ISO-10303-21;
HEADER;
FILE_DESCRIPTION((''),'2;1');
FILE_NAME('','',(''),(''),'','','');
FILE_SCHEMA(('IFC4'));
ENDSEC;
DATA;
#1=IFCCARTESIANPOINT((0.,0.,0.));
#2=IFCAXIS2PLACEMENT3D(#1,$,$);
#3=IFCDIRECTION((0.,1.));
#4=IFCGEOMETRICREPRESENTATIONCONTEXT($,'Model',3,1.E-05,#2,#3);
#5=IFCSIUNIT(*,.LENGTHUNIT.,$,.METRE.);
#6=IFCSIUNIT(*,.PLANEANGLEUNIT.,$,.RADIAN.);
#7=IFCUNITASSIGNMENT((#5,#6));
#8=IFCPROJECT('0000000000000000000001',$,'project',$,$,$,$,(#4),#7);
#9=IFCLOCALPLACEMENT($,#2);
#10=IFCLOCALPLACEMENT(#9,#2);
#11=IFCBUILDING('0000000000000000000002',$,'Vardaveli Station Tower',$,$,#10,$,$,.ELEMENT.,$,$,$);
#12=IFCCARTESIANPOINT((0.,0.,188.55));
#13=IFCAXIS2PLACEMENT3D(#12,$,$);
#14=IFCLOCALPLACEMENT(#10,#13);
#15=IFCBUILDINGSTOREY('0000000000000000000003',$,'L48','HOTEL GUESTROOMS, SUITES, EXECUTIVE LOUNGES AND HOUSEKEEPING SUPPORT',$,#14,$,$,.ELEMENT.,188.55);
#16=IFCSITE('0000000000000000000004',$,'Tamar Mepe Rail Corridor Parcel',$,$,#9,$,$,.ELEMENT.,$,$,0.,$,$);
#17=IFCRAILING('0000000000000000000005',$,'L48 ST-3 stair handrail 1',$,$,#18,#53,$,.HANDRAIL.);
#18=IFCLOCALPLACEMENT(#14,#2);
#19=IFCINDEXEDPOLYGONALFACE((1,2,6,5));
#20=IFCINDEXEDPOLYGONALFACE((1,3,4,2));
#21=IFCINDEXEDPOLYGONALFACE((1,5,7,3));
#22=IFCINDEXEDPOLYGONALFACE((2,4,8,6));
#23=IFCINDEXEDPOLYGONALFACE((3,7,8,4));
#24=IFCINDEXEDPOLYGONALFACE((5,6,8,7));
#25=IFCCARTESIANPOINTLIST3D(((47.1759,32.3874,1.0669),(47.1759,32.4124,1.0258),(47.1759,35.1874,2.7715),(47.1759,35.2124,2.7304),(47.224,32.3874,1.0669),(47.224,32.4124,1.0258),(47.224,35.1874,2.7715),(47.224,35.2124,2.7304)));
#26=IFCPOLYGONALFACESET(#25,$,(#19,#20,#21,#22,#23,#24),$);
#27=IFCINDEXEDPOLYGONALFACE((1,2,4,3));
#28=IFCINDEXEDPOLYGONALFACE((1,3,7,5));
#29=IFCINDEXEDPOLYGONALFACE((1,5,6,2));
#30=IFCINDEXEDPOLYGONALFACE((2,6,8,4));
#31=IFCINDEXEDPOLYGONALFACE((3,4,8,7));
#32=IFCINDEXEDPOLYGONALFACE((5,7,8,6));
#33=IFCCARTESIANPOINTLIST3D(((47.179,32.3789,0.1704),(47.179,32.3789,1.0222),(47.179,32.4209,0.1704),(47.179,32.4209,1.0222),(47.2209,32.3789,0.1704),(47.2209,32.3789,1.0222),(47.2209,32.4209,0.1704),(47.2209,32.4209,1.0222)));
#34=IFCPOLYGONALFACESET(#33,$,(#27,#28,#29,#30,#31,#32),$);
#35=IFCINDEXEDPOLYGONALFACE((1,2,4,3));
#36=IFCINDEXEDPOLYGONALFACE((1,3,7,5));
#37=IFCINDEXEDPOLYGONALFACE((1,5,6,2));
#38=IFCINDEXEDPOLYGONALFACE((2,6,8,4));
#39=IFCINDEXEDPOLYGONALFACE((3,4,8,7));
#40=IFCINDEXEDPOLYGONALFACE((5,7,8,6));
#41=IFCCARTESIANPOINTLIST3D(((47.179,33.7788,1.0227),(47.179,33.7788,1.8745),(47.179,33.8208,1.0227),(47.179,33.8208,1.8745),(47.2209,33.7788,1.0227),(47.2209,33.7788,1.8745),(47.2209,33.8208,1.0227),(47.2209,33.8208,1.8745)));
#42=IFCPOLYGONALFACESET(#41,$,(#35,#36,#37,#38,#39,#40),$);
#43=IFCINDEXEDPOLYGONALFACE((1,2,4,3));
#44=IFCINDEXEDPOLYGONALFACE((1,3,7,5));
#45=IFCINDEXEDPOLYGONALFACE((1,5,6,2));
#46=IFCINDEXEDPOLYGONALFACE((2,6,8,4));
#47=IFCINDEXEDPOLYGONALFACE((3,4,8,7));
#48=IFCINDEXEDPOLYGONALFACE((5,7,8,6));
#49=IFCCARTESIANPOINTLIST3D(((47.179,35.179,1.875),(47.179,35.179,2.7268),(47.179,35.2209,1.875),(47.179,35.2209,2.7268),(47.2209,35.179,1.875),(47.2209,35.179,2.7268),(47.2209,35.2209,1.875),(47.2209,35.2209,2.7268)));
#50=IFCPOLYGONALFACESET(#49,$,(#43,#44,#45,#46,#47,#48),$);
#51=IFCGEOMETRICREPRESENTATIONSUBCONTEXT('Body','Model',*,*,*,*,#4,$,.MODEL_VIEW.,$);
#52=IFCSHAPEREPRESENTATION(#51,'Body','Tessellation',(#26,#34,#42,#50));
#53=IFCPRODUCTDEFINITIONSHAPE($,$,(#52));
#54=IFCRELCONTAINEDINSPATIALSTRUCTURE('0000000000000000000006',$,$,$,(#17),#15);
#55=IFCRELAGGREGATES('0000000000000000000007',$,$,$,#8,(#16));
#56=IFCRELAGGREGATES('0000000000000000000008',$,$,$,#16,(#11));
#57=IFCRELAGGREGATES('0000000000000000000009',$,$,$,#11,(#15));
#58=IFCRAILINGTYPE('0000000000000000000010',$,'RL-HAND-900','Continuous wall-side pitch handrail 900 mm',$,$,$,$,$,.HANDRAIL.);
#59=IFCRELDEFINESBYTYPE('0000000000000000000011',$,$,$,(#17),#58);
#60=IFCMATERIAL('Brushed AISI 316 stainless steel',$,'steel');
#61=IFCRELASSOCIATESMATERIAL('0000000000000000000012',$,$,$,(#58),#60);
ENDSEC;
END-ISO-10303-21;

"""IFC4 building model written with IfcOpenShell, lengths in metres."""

from ifc_helpers import new_model, si_unit, direction, frame, origin, origin_2d, place, context, subcontext, project, spatial, rectangle, extrude, source, transform, mapped, material, type_object, element, save


model = new_model("IFC4")

# Units and contexts
model_context = context("Model", 3, precision=1e-05, world=origin(), true_north=direction((0.0, 1.0)))
body_context = subcontext(model_context, "Body", "Model", "MODEL_VIEW")
ifc_project = project(units=[si_unit("LENGTHUNIT", "METRE"), si_unit("PLANEANGLEUNIT", "RADIAN")], contexts=[model_context])

# Site, building, storey
site_placement = place(None, origin())
site = spatial("IfcSite", under=ifc_project, at=site_placement, Name="Tamar Mepe Rail Corridor Parcel", CompositionType="ELEMENT", RefElevation=0.0)
building_placement = place(site_placement, origin())
building = spatial("IfcBuilding", under=site, at=building_placement, Name="Vardaveli Station Tower", CompositionType="ELEMENT")
storey_placement = place(building_placement, frame((0.0, 0.0, 188.55)))
storey = spatial("IfcBuildingStorey", under=building, at=storey_placement, Name="L48", Description="HOTEL GUESTROOMS, SUITES, EXECUTIVE LOUNGES AND HOUSEKEEPING SUPPORT", CompositionType="ELEMENT", Elevation=188.55)

# Railing
ifc_material_1 = material(Name="Brushed AISI 316 stainless steel", Category="steel")
railing_type_1 = type_object("IfcRailingType", Name="RL-HAND-900", Description="Continuous wall-side pitch handrail 900 mm", PredefinedType="HANDRAIL", material=ifc_material_1)
shared_shape_1 = source(origin(), body_context, "Body", "SweptSolid", [
    extrude(rectangle(XDim=0.0481, YDim=0.0481, at=origin_2d()), frame((0.0, 0.0, 0.876), z_axis=(0.0, 0.85417, 0.519994), x_axis=(-1.0, 0.0, 0.0)), (0.0, 0.0, 1.0), 3.2781),
    extrude(rectangle(XDim=0.042, YDim=0.042, at=origin_2d()), origin(), (0.0, 0.0, 1.0), 0.8518),
    extrude(rectangle(XDim=0.042, YDim=0.042, at=origin_2d()), frame((0.0, 1.3999, 0.8523)), (0.0, 0.0, 1.0), 0.8518),
    extrude(rectangle(XDim=0.042, YDim=0.042, at=origin_2d()), frame((0.0, 2.8, 1.7046)), (0.0, 0.0, 1.0), 0.8518),
])
railing_1_placement = place(storey_placement, frame((47.2, 32.3999, 0.1704)))
element("IfcRailing", 1, at=railing_1_placement, inside=storey, type_object=railing_type_1, Name="L48 ST-3 stair handrail 1", PredefinedType="HANDRAIL", context=body_context, shape_type="MappedRepresentation", body=[
    mapped(shared_shape_1, transform((0.0, 0.0, 0.0), scale=1.0)),
])

save(model, "model.ifc")
